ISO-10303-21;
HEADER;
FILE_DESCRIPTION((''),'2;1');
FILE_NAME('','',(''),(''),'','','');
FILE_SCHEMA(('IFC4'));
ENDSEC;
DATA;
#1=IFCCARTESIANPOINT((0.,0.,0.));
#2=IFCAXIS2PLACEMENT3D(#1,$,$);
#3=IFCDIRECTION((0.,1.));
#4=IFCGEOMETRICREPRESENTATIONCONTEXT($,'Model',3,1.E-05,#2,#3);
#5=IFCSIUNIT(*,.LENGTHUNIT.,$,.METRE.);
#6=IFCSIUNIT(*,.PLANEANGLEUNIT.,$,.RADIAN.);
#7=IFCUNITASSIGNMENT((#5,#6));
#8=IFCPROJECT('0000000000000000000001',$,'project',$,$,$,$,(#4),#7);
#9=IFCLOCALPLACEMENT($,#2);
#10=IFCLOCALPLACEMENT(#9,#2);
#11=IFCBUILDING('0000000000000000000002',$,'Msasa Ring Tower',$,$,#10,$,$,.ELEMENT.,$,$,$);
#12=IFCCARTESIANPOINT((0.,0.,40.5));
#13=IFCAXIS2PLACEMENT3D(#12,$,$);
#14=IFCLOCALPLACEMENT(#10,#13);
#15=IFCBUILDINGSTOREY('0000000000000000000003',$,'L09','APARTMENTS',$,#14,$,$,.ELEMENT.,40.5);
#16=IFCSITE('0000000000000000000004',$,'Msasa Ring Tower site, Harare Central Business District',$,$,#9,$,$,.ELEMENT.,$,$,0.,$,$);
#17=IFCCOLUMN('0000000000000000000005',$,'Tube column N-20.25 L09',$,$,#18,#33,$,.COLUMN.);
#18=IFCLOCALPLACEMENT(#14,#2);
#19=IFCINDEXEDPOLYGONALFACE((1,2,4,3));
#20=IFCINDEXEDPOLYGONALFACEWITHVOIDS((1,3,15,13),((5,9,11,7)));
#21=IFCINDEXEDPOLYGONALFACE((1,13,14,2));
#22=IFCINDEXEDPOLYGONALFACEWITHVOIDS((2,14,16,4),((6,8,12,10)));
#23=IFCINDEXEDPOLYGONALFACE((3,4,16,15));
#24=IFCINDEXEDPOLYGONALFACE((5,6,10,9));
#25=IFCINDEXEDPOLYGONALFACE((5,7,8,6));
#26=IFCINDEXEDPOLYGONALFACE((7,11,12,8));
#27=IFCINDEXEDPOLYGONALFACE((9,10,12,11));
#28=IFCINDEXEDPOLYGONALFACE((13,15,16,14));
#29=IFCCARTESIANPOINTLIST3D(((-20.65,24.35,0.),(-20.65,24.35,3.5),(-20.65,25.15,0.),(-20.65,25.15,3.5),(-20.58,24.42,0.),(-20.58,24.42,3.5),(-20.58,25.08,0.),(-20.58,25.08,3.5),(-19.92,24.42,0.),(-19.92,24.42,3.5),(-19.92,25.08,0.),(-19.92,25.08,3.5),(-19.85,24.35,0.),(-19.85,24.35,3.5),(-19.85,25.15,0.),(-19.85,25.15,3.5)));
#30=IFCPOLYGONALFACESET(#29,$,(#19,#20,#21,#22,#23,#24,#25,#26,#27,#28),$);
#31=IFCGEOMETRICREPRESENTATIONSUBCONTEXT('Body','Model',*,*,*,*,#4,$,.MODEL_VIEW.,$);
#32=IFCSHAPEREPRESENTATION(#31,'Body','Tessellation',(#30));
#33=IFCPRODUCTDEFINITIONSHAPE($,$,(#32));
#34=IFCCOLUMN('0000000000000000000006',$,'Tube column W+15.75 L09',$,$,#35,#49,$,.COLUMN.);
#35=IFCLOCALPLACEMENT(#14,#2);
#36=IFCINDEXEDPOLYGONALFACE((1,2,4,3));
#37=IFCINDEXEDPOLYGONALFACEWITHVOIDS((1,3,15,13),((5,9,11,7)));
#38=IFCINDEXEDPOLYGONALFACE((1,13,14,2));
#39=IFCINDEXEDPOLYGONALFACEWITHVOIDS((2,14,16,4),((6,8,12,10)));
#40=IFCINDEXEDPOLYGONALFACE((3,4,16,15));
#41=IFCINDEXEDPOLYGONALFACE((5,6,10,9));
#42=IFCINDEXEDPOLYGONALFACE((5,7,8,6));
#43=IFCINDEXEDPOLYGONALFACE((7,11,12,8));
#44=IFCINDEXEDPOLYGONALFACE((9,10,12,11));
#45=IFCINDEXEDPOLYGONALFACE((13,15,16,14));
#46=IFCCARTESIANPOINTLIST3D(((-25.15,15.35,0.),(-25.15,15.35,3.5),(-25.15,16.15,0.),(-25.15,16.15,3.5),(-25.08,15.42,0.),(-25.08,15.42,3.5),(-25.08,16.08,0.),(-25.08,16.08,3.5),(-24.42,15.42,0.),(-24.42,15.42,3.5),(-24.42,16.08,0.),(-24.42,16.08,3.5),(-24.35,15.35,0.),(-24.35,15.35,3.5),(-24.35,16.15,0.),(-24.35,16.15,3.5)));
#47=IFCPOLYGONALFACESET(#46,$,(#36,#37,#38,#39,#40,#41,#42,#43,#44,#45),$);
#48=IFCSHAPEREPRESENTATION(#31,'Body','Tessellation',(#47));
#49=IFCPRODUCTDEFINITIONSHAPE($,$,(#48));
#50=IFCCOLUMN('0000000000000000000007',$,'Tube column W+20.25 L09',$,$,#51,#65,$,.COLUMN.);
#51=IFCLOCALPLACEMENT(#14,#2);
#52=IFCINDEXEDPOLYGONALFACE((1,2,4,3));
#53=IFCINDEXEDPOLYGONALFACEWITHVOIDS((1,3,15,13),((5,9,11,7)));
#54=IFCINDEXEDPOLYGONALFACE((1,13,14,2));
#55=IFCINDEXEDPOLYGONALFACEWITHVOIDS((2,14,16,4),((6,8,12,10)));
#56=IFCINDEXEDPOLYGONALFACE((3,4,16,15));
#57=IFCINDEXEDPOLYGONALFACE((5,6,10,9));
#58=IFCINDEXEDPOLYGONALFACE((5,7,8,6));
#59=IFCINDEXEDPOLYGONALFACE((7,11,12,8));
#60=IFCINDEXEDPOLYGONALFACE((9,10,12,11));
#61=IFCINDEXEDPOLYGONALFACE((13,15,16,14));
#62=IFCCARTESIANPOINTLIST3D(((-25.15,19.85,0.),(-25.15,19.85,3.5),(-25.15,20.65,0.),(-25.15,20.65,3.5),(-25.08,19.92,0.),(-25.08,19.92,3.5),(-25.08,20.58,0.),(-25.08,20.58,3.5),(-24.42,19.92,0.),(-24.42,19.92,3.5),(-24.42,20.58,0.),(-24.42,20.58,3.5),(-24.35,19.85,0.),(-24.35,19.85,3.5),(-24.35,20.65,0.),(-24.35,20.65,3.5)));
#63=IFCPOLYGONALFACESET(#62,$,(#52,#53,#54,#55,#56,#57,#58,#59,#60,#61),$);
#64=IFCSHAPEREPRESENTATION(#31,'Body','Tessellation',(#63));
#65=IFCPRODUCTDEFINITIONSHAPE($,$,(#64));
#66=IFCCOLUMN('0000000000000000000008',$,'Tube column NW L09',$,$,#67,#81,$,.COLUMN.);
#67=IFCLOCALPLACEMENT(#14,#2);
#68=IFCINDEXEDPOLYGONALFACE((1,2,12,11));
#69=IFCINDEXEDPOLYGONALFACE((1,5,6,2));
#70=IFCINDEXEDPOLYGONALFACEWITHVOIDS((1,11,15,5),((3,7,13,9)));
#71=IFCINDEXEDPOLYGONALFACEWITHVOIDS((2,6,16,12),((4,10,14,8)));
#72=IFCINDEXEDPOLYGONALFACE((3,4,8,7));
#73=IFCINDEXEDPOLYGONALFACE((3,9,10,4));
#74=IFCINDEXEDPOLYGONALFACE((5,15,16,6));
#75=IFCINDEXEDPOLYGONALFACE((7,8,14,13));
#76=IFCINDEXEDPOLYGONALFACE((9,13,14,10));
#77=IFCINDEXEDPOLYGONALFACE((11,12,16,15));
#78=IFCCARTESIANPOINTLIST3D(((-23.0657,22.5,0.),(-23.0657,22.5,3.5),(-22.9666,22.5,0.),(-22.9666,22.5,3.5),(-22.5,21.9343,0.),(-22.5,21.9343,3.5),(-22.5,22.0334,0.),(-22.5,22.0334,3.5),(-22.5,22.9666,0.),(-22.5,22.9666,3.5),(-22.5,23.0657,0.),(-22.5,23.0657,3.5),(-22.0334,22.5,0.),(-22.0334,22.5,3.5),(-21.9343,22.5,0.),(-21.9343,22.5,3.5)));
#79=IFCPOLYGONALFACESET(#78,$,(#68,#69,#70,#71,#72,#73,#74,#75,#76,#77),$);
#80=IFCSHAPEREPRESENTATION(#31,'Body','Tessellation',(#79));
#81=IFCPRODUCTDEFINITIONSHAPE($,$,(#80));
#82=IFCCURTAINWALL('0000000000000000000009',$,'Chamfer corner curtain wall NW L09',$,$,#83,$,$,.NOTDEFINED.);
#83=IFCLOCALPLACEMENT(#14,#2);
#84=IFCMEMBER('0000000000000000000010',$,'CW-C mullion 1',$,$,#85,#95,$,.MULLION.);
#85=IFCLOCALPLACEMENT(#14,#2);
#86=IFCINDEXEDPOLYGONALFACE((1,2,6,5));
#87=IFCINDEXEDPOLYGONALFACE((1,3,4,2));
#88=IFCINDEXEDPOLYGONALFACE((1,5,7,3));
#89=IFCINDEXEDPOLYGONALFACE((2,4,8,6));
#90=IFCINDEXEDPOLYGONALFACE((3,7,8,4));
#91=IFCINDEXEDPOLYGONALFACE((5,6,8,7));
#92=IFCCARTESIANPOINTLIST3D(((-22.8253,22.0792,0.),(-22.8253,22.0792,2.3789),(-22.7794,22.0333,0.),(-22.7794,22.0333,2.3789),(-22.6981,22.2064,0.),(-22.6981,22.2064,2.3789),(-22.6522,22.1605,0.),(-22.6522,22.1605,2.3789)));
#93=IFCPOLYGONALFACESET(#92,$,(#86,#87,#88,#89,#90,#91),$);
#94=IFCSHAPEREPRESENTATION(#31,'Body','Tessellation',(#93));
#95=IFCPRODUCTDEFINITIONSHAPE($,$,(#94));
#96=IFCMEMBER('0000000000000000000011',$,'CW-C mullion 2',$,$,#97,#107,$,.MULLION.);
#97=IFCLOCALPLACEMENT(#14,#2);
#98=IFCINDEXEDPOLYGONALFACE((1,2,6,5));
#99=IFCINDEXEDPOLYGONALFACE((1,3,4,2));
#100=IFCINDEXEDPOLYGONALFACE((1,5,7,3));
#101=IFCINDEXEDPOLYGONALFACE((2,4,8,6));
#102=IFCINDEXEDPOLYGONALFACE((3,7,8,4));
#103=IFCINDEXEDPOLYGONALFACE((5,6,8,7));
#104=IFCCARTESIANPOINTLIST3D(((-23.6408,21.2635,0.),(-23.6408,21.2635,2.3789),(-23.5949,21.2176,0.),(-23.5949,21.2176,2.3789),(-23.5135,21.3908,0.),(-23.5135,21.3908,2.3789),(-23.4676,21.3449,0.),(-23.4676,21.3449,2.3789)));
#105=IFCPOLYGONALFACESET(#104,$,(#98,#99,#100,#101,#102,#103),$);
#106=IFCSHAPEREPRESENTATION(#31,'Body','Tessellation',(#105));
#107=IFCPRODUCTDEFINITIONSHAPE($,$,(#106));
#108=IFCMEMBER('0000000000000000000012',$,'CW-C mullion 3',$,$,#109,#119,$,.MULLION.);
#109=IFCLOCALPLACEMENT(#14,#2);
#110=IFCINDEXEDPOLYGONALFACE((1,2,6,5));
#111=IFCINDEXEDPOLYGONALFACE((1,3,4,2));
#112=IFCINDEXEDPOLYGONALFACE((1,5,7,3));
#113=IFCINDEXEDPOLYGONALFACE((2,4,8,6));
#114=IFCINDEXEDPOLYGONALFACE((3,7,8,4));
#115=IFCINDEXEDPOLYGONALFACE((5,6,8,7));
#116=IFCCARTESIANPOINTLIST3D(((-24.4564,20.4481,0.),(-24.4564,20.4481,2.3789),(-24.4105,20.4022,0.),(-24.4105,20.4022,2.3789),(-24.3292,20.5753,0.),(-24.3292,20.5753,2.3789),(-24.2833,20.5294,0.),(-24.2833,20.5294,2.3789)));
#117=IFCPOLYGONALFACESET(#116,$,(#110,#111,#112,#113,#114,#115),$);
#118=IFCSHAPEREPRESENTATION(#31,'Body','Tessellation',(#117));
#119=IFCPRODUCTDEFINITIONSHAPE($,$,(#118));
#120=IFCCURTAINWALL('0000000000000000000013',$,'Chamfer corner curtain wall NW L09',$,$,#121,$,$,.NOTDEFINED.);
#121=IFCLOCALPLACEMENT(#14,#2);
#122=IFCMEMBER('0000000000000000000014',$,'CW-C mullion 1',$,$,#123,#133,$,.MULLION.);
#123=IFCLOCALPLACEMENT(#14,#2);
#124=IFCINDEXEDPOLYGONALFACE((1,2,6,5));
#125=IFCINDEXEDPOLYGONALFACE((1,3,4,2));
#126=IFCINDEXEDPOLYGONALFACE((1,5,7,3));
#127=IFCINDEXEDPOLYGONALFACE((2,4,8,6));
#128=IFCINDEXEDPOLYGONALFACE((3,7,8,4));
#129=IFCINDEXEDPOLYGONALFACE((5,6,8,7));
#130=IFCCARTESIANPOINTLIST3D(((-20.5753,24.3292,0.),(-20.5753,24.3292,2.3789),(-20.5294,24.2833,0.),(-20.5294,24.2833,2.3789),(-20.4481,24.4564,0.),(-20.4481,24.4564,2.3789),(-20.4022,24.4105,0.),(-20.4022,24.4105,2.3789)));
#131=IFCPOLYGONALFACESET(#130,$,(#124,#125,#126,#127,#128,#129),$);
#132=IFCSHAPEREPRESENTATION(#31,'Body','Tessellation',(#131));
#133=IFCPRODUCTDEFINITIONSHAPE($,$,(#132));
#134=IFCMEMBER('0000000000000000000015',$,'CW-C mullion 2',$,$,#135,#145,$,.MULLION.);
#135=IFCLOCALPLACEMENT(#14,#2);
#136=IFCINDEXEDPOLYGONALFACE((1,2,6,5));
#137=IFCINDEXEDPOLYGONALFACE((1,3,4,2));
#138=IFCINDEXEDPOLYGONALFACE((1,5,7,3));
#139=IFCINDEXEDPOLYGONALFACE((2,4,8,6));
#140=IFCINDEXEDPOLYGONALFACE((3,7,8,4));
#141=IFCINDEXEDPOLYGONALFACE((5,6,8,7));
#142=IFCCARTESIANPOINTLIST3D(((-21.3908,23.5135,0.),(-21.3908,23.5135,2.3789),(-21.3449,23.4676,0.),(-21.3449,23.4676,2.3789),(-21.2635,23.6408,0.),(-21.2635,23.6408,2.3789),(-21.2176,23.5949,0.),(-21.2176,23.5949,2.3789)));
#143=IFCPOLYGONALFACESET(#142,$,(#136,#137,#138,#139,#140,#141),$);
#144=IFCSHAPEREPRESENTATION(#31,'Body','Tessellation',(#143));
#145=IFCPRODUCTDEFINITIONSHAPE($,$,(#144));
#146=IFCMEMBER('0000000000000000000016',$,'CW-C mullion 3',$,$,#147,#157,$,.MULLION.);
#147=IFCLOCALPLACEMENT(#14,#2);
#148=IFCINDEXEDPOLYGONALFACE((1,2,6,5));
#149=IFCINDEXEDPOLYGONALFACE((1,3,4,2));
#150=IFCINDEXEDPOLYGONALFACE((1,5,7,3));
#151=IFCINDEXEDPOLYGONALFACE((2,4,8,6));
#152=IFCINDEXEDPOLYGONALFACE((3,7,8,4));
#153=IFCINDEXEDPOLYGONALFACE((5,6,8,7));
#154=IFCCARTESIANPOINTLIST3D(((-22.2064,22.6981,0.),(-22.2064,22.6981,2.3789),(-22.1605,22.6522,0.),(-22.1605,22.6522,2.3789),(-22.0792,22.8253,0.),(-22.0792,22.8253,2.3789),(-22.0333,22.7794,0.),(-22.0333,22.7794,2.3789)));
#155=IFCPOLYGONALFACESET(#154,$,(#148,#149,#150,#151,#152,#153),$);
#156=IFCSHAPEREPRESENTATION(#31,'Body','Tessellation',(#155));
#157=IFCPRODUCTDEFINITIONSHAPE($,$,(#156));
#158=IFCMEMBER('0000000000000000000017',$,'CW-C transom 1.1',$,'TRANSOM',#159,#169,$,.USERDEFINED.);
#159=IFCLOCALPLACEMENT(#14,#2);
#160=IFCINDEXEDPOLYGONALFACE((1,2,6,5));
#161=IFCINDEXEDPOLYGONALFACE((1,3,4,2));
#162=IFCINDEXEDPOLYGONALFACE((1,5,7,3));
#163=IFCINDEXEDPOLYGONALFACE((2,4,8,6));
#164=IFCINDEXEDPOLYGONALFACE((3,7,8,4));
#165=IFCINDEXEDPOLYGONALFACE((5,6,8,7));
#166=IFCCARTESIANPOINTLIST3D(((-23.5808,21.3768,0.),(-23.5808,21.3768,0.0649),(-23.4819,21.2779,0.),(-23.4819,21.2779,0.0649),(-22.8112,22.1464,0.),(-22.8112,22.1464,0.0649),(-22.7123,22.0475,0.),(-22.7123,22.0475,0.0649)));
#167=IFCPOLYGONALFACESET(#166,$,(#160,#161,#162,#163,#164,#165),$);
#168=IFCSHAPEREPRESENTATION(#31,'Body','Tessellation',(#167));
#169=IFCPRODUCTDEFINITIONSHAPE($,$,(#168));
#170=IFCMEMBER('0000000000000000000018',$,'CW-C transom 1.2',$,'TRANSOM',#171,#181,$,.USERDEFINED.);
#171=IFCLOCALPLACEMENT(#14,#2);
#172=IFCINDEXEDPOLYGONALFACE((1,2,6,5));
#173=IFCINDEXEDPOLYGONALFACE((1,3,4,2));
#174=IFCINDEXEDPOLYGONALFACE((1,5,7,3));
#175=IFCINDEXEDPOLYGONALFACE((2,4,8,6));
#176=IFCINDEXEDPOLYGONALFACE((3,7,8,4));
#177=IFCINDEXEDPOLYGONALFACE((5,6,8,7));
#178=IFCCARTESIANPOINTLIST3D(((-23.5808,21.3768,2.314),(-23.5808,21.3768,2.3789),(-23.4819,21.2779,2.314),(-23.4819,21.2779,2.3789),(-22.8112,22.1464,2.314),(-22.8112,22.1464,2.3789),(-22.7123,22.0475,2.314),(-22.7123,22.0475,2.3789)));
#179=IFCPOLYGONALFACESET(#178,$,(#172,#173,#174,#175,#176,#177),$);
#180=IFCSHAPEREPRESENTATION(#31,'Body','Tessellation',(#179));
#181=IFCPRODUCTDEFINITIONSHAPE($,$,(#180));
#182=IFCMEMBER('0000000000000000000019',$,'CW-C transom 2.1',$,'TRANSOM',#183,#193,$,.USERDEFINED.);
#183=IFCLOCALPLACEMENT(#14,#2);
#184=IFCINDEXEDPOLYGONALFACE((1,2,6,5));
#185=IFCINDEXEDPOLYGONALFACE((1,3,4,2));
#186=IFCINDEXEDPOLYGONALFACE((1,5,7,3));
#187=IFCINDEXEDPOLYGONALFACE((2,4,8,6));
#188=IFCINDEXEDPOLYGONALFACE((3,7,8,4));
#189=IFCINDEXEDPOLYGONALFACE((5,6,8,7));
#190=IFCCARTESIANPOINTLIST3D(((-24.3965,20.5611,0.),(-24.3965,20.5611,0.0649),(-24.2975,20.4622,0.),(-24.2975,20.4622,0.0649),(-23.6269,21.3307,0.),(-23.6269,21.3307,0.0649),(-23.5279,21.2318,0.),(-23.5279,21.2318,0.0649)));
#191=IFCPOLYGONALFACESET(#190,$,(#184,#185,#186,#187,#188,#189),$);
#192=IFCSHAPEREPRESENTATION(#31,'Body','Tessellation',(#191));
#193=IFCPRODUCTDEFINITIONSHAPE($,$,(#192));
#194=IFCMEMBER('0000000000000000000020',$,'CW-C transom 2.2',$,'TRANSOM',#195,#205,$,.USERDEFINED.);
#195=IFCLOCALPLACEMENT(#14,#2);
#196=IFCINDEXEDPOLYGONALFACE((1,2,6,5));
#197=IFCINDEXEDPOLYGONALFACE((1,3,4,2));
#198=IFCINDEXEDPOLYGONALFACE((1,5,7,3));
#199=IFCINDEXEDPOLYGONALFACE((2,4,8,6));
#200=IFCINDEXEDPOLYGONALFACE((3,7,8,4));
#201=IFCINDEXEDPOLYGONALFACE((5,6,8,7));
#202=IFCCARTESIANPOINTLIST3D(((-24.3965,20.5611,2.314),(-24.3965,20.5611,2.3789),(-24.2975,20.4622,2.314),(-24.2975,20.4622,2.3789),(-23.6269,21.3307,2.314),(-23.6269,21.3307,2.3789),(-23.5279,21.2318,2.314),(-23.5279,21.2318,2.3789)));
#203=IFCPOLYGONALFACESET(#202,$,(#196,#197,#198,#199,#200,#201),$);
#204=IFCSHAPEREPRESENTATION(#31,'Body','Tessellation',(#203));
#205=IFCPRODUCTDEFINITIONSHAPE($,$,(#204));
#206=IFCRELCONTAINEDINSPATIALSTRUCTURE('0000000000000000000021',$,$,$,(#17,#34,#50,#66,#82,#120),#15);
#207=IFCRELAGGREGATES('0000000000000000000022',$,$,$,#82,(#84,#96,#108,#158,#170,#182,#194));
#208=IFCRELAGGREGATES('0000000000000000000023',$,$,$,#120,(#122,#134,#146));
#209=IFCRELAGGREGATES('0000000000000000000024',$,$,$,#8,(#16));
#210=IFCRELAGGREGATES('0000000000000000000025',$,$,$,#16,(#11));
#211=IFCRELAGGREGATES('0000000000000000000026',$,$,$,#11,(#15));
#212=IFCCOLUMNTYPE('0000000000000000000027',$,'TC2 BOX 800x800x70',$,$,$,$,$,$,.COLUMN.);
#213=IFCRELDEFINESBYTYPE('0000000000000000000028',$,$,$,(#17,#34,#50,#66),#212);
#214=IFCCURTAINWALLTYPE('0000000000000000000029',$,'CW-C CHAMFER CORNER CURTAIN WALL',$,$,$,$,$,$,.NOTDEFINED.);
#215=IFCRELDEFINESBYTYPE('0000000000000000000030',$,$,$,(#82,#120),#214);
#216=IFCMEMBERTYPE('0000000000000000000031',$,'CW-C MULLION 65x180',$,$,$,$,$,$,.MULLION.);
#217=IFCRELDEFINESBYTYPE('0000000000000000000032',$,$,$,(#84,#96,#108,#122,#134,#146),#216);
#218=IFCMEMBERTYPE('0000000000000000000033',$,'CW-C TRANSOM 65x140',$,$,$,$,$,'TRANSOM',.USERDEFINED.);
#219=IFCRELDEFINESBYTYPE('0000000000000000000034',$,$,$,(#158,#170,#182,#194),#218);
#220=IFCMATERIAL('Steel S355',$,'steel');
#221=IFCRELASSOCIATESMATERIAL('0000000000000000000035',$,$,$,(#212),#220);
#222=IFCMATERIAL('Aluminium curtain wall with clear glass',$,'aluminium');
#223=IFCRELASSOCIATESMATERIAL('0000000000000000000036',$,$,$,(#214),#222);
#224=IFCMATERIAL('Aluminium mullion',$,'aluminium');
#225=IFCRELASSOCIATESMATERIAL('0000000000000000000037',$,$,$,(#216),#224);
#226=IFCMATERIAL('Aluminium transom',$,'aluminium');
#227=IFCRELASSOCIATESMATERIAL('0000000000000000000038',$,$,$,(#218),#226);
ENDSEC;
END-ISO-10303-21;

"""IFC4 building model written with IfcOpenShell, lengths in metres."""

from ifc_helpers import new_model, si_unit, direction, frame, origin, origin_2d, place, context, subcontext, project, spatial, rectangle, hollow_rectangle, extrude, material, material_profile, profile_set, type_object, element, aggregate, save


model = new_model("IFC4")

# Units and contexts
model_context = context("Model", 3, precision=1e-05, world=origin(), true_north=direction((0.0, 1.0)))
body_context = subcontext(model_context, "Body", "Model", "MODEL_VIEW")
ifc_project = project(units=[si_unit("LENGTHUNIT", "METRE"), si_unit("PLANEANGLEUNIT", "RADIAN")], contexts=[model_context])

# Site, building, storey
site_placement = place(None, origin())
site = spatial("IfcSite", under=ifc_project, at=site_placement, Name="Msasa Ring Tower site, Harare Central Business District", CompositionType="ELEMENT", RefElevation=0.0)
building_placement = place(site_placement, origin())
building = spatial("IfcBuilding", under=site, at=building_placement, Name="Msasa Ring Tower", CompositionType="ELEMENT")
storey_placement = place(building_placement, frame((0.0, 0.0, 40.5)))
storey = spatial("IfcBuildingStorey", under=building, at=storey_placement, Name="L09", Description="APARTMENTS", CompositionType="ELEMENT", Elevation=40.5)

# Columns
ifc_material_1 = material(Name="Steel S355", Category="steel")
ifc_material_profile_1 = material_profile(ifc_material_1, hollow_rectangle(XDim=0.8, YDim=0.8, WallThickness=0.0701, at=origin_2d()), Name="BOX 800x800x70")
ifc_profile_set_1 = profile_set([ifc_material_profile_1], Name="Steel S355")
column_type = type_object("IfcColumnType", Name="TC2 BOX 800x800x70", PredefinedType="COLUMN", material=ifc_profile_set_1)
for number, where, z_axis, x_axis, name in (
    (1, (-20.25, 24.75, 0.0), (0.0, 0.0, 1.0), (0.0, 1.0, 0.0), "Tube column N-20.25 L09"),
    (2, (-24.75, 15.75, 0.0), (0.0, 0.0, 1.0), (1.0, 0.0, 0.0), "Tube column W+15.75 L09"),
    (3, (-24.75, 20.25, 0.0), (0.0, 0.0, 1.0), (1.0, 0.0, 0.0), "Tube column W+20.25 L09"),
    (4, (-22.5, 22.5, 0.0), (0.0, 0.0, 1.0), (0.707107, -0.707107, 0.0), "Tube column NW L09"),
):
    element("IfcColumn", number, at=place(storey_placement, frame(where, z_axis=z_axis, x_axis=x_axis)), inside=storey, type_object=column_type, Name=name, PredefinedType="COLUMN", context=body_context, shape_type="SweptSolid", body=[
        extrude(hollow_rectangle(XDim=0.8, YDim=0.8, WallThickness=0.0701, at=origin_2d()), origin(), (0.0, 0.0, 1.0), 3.5),
    ])

# Curtain walls, members
ifc_material_2 = material(Name="Aluminium curtain wall with clear glass", Category="aluminium")
curtain_wall_type = type_object("IfcCurtainWallType", Name="CW-C CHAMFER CORNER CURTAIN WALL", PredefinedType="NOTDEFINED", material=ifc_material_2)
curtain_wall_1_placement = place(storey_placement, origin())
curtain_wall_1 = element("IfcCurtainWall", 5, at=curtain_wall_1_placement, inside=storey, type_object=curtain_wall_type, Name="Chamfer corner curtain wall NW L09", PredefinedType="NOTDEFINED")
ifc_material_3 = material(Name="Aluminium mullion", Category="aluminium")
ifc_material_profile_2 = material_profile(ifc_material_3, rectangle(XDim=0.0649, YDim=0.1799, at=origin_2d()), Name="AL 65x180")
ifc_profile_set_2 = profile_set([ifc_material_profile_2], Name="Aluminium mullion")
member_type_1 = type_object("IfcMemberType", Name="CW-C MULLION 65x180", PredefinedType="MULLION", material=ifc_profile_set_2)
member_1_placement = place(storey_placement, frame((-22.7388, 22.1199, 0.0), z_axis=(0.0, 0.0, 1.0), x_axis=(0.707107, -0.707107, 0.0)))
member_1 = element("IfcMember", 6, at=member_1_placement, type_object=member_type_1, Name="CW-C mullion 1", PredefinedType="MULLION", context=body_context, shape_type="SweptSolid", body=[
    extrude(rectangle(XDim=0.0649, YDim=0.1799, at=origin_2d()), origin(), (0.0, 0.0, 1.0), 2.3789),
])
member_2_placement = place(storey_placement, frame((-23.5542, 21.3042, 0.0), z_axis=(0.0, 0.0, 1.0), x_axis=(0.707107, -0.707107, 0.0)))
member_2 = element("IfcMember", 7, at=member_2_placement, type_object=member_type_1, Name="CW-C mullion 2", PredefinedType="MULLION", context=body_context, shape_type="SweptSolid", body=[
    extrude(rectangle(XDim=0.0649, YDim=0.1799, at=origin_2d()), origin(), (0.0, 0.0, 1.0), 2.3789),
])
member_3_placement = place(storey_placement, frame((-24.3699, 20.4888, 0.0), z_axis=(0.0, 0.0, 1.0), x_axis=(0.707107, -0.707107, 0.0)))
member_3 = element("IfcMember", 8, at=member_3_placement, type_object=member_type_1, Name="CW-C mullion 3", PredefinedType="MULLION", context=body_context, shape_type="SweptSolid", body=[
    extrude(rectangle(XDim=0.0649, YDim=0.1799, at=origin_2d()), origin(), (0.0, 0.0, 1.0), 2.3789),
])
curtain_wall_2_placement = place(storey_placement, origin())
curtain_wall_2 = element("IfcCurtainWall", 9, at=curtain_wall_2_placement, inside=storey, type_object=curtain_wall_type, Name="Chamfer corner curtain wall NW L09", PredefinedType="NOTDEFINED")
member_4_placement = place(storey_placement, frame((-20.4888, 24.3699, 0.0), z_axis=(0.0, 0.0, 1.0), x_axis=(0.707107, -0.707107, 0.0)))
member_4 = element("IfcMember", 10, at=member_4_placement, type_object=member_type_1, Name="CW-C mullion 1", PredefinedType="MULLION", context=body_context, shape_type="SweptSolid", body=[
    extrude(rectangle(XDim=0.0649, YDim=0.1799, at=origin_2d()), origin(), (0.0, 0.0, 1.0), 2.3789),
])
member_5_placement = place(storey_placement, frame((-21.3042, 23.5542, 0.0), z_axis=(0.0, 0.0, 1.0), x_axis=(0.707107, -0.707107, 0.0)))
member_5 = element("IfcMember", 11, at=member_5_placement, type_object=member_type_1, Name="CW-C mullion 2", PredefinedType="MULLION", context=body_context, shape_type="SweptSolid", body=[
    extrude(rectangle(XDim=0.0649, YDim=0.1799, at=origin_2d()), origin(), (0.0, 0.0, 1.0), 2.3789),
])
member_6_placement = place(storey_placement, frame((-22.1199, 22.7388, 0.0), z_axis=(0.0, 0.0, 1.0), x_axis=(0.707107, -0.707107, 0.0)))
member_6 = element("IfcMember", 12, at=member_6_placement, type_object=member_type_1, Name="CW-C mullion 3", PredefinedType="MULLION", context=body_context, shape_type="SweptSolid", body=[
    extrude(rectangle(XDim=0.0649, YDim=0.1799, at=origin_2d()), origin(), (0.0, 0.0, 1.0), 2.3789),
])

# Members
ifc_material_4 = material(Name="Aluminium transom", Category="aluminium")
ifc_material_profile_3 = material_profile(ifc_material_4, rectangle(XDim=0.1399, YDim=0.0649, at=origin_2d()), Name="AL 65x140")
ifc_profile_set_3 = profile_set([ifc_material_profile_3], Name="Aluminium transom")
member_type_2 = type_object("IfcMemberType", Name="CW-C TRANSOM 65x140", ElementType="TRANSOM", PredefinedType="USERDEFINED", material=ifc_profile_set_3)
member_7_placement = place(storey_placement, frame((-22.7617, 22.0969, 0.0325), z_axis=(-0.707107, -0.707107, 0.0), x_axis=(0.707107, -0.707107, 0.0)))
member_7 = element("IfcMember", 13, at=member_7_placement, type_object=member_type_2, Name="CW-C transom 1.1", ObjectType="TRANSOM", PredefinedType="USERDEFINED", context=body_context, shape_type="SweptSolid", body=[
    extrude(rectangle(XDim=0.1399, YDim=0.0649, at=origin_2d()), origin(), (0.0, 0.0, 1.0), 1.0884),
])
member_8_placement = place(storey_placement, frame((-22.7617, 22.0969, 2.3464), z_axis=(-0.707107, -0.707107, 0.0), x_axis=(0.707107, -0.707107, 0.0)))
member_8 = element("IfcMember", 14, at=member_8_placement, type_object=member_type_2, Name="CW-C transom 1.2", ObjectType="TRANSOM", PredefinedType="USERDEFINED", context=body_context, shape_type="SweptSolid", body=[
    extrude(rectangle(XDim=0.1399, YDim=0.0649, at=origin_2d()), origin(), (0.0, 0.0, 1.0), 1.0884),
])
member_9_placement = place(storey_placement, frame((-23.5774, 21.2812, 0.0325), z_axis=(-0.707107, -0.707107, 0.0), x_axis=(0.707107, -0.707107, 0.0)))
member_9 = element("IfcMember", 15, at=member_9_placement, type_object=member_type_2, Name="CW-C transom 2.1", ObjectType="TRANSOM", PredefinedType="USERDEFINED", context=body_context, shape_type="SweptSolid", body=[
    extrude(rectangle(XDim=0.1399, YDim=0.0649, at=origin_2d()), origin(), (0.0, 0.0, 1.0), 1.0884),
])
member_10_placement = place(storey_placement, frame((-23.5774, 21.2812, 2.3464), z_axis=(-0.707107, -0.707107, 0.0), x_axis=(0.707107, -0.707107, 0.0)))
member_10 = element("IfcMember", 16, at=member_10_placement, type_object=member_type_2, Name="CW-C transom 2.2", ObjectType="TRANSOM", PredefinedType="USERDEFINED", context=body_context, shape_type="SweptSolid", body=[
    extrude(rectangle(XDim=0.1399, YDim=0.0649, at=origin_2d()), origin(), (0.0, 0.0, 1.0), 1.0884),
])

aggregate(curtain_wall_1, [member_1, member_2, member_3, member_7, member_8, member_9, member_10])
aggregate(curtain_wall_2, [member_4, member_5, member_6])

save(model, "model.ifc")
